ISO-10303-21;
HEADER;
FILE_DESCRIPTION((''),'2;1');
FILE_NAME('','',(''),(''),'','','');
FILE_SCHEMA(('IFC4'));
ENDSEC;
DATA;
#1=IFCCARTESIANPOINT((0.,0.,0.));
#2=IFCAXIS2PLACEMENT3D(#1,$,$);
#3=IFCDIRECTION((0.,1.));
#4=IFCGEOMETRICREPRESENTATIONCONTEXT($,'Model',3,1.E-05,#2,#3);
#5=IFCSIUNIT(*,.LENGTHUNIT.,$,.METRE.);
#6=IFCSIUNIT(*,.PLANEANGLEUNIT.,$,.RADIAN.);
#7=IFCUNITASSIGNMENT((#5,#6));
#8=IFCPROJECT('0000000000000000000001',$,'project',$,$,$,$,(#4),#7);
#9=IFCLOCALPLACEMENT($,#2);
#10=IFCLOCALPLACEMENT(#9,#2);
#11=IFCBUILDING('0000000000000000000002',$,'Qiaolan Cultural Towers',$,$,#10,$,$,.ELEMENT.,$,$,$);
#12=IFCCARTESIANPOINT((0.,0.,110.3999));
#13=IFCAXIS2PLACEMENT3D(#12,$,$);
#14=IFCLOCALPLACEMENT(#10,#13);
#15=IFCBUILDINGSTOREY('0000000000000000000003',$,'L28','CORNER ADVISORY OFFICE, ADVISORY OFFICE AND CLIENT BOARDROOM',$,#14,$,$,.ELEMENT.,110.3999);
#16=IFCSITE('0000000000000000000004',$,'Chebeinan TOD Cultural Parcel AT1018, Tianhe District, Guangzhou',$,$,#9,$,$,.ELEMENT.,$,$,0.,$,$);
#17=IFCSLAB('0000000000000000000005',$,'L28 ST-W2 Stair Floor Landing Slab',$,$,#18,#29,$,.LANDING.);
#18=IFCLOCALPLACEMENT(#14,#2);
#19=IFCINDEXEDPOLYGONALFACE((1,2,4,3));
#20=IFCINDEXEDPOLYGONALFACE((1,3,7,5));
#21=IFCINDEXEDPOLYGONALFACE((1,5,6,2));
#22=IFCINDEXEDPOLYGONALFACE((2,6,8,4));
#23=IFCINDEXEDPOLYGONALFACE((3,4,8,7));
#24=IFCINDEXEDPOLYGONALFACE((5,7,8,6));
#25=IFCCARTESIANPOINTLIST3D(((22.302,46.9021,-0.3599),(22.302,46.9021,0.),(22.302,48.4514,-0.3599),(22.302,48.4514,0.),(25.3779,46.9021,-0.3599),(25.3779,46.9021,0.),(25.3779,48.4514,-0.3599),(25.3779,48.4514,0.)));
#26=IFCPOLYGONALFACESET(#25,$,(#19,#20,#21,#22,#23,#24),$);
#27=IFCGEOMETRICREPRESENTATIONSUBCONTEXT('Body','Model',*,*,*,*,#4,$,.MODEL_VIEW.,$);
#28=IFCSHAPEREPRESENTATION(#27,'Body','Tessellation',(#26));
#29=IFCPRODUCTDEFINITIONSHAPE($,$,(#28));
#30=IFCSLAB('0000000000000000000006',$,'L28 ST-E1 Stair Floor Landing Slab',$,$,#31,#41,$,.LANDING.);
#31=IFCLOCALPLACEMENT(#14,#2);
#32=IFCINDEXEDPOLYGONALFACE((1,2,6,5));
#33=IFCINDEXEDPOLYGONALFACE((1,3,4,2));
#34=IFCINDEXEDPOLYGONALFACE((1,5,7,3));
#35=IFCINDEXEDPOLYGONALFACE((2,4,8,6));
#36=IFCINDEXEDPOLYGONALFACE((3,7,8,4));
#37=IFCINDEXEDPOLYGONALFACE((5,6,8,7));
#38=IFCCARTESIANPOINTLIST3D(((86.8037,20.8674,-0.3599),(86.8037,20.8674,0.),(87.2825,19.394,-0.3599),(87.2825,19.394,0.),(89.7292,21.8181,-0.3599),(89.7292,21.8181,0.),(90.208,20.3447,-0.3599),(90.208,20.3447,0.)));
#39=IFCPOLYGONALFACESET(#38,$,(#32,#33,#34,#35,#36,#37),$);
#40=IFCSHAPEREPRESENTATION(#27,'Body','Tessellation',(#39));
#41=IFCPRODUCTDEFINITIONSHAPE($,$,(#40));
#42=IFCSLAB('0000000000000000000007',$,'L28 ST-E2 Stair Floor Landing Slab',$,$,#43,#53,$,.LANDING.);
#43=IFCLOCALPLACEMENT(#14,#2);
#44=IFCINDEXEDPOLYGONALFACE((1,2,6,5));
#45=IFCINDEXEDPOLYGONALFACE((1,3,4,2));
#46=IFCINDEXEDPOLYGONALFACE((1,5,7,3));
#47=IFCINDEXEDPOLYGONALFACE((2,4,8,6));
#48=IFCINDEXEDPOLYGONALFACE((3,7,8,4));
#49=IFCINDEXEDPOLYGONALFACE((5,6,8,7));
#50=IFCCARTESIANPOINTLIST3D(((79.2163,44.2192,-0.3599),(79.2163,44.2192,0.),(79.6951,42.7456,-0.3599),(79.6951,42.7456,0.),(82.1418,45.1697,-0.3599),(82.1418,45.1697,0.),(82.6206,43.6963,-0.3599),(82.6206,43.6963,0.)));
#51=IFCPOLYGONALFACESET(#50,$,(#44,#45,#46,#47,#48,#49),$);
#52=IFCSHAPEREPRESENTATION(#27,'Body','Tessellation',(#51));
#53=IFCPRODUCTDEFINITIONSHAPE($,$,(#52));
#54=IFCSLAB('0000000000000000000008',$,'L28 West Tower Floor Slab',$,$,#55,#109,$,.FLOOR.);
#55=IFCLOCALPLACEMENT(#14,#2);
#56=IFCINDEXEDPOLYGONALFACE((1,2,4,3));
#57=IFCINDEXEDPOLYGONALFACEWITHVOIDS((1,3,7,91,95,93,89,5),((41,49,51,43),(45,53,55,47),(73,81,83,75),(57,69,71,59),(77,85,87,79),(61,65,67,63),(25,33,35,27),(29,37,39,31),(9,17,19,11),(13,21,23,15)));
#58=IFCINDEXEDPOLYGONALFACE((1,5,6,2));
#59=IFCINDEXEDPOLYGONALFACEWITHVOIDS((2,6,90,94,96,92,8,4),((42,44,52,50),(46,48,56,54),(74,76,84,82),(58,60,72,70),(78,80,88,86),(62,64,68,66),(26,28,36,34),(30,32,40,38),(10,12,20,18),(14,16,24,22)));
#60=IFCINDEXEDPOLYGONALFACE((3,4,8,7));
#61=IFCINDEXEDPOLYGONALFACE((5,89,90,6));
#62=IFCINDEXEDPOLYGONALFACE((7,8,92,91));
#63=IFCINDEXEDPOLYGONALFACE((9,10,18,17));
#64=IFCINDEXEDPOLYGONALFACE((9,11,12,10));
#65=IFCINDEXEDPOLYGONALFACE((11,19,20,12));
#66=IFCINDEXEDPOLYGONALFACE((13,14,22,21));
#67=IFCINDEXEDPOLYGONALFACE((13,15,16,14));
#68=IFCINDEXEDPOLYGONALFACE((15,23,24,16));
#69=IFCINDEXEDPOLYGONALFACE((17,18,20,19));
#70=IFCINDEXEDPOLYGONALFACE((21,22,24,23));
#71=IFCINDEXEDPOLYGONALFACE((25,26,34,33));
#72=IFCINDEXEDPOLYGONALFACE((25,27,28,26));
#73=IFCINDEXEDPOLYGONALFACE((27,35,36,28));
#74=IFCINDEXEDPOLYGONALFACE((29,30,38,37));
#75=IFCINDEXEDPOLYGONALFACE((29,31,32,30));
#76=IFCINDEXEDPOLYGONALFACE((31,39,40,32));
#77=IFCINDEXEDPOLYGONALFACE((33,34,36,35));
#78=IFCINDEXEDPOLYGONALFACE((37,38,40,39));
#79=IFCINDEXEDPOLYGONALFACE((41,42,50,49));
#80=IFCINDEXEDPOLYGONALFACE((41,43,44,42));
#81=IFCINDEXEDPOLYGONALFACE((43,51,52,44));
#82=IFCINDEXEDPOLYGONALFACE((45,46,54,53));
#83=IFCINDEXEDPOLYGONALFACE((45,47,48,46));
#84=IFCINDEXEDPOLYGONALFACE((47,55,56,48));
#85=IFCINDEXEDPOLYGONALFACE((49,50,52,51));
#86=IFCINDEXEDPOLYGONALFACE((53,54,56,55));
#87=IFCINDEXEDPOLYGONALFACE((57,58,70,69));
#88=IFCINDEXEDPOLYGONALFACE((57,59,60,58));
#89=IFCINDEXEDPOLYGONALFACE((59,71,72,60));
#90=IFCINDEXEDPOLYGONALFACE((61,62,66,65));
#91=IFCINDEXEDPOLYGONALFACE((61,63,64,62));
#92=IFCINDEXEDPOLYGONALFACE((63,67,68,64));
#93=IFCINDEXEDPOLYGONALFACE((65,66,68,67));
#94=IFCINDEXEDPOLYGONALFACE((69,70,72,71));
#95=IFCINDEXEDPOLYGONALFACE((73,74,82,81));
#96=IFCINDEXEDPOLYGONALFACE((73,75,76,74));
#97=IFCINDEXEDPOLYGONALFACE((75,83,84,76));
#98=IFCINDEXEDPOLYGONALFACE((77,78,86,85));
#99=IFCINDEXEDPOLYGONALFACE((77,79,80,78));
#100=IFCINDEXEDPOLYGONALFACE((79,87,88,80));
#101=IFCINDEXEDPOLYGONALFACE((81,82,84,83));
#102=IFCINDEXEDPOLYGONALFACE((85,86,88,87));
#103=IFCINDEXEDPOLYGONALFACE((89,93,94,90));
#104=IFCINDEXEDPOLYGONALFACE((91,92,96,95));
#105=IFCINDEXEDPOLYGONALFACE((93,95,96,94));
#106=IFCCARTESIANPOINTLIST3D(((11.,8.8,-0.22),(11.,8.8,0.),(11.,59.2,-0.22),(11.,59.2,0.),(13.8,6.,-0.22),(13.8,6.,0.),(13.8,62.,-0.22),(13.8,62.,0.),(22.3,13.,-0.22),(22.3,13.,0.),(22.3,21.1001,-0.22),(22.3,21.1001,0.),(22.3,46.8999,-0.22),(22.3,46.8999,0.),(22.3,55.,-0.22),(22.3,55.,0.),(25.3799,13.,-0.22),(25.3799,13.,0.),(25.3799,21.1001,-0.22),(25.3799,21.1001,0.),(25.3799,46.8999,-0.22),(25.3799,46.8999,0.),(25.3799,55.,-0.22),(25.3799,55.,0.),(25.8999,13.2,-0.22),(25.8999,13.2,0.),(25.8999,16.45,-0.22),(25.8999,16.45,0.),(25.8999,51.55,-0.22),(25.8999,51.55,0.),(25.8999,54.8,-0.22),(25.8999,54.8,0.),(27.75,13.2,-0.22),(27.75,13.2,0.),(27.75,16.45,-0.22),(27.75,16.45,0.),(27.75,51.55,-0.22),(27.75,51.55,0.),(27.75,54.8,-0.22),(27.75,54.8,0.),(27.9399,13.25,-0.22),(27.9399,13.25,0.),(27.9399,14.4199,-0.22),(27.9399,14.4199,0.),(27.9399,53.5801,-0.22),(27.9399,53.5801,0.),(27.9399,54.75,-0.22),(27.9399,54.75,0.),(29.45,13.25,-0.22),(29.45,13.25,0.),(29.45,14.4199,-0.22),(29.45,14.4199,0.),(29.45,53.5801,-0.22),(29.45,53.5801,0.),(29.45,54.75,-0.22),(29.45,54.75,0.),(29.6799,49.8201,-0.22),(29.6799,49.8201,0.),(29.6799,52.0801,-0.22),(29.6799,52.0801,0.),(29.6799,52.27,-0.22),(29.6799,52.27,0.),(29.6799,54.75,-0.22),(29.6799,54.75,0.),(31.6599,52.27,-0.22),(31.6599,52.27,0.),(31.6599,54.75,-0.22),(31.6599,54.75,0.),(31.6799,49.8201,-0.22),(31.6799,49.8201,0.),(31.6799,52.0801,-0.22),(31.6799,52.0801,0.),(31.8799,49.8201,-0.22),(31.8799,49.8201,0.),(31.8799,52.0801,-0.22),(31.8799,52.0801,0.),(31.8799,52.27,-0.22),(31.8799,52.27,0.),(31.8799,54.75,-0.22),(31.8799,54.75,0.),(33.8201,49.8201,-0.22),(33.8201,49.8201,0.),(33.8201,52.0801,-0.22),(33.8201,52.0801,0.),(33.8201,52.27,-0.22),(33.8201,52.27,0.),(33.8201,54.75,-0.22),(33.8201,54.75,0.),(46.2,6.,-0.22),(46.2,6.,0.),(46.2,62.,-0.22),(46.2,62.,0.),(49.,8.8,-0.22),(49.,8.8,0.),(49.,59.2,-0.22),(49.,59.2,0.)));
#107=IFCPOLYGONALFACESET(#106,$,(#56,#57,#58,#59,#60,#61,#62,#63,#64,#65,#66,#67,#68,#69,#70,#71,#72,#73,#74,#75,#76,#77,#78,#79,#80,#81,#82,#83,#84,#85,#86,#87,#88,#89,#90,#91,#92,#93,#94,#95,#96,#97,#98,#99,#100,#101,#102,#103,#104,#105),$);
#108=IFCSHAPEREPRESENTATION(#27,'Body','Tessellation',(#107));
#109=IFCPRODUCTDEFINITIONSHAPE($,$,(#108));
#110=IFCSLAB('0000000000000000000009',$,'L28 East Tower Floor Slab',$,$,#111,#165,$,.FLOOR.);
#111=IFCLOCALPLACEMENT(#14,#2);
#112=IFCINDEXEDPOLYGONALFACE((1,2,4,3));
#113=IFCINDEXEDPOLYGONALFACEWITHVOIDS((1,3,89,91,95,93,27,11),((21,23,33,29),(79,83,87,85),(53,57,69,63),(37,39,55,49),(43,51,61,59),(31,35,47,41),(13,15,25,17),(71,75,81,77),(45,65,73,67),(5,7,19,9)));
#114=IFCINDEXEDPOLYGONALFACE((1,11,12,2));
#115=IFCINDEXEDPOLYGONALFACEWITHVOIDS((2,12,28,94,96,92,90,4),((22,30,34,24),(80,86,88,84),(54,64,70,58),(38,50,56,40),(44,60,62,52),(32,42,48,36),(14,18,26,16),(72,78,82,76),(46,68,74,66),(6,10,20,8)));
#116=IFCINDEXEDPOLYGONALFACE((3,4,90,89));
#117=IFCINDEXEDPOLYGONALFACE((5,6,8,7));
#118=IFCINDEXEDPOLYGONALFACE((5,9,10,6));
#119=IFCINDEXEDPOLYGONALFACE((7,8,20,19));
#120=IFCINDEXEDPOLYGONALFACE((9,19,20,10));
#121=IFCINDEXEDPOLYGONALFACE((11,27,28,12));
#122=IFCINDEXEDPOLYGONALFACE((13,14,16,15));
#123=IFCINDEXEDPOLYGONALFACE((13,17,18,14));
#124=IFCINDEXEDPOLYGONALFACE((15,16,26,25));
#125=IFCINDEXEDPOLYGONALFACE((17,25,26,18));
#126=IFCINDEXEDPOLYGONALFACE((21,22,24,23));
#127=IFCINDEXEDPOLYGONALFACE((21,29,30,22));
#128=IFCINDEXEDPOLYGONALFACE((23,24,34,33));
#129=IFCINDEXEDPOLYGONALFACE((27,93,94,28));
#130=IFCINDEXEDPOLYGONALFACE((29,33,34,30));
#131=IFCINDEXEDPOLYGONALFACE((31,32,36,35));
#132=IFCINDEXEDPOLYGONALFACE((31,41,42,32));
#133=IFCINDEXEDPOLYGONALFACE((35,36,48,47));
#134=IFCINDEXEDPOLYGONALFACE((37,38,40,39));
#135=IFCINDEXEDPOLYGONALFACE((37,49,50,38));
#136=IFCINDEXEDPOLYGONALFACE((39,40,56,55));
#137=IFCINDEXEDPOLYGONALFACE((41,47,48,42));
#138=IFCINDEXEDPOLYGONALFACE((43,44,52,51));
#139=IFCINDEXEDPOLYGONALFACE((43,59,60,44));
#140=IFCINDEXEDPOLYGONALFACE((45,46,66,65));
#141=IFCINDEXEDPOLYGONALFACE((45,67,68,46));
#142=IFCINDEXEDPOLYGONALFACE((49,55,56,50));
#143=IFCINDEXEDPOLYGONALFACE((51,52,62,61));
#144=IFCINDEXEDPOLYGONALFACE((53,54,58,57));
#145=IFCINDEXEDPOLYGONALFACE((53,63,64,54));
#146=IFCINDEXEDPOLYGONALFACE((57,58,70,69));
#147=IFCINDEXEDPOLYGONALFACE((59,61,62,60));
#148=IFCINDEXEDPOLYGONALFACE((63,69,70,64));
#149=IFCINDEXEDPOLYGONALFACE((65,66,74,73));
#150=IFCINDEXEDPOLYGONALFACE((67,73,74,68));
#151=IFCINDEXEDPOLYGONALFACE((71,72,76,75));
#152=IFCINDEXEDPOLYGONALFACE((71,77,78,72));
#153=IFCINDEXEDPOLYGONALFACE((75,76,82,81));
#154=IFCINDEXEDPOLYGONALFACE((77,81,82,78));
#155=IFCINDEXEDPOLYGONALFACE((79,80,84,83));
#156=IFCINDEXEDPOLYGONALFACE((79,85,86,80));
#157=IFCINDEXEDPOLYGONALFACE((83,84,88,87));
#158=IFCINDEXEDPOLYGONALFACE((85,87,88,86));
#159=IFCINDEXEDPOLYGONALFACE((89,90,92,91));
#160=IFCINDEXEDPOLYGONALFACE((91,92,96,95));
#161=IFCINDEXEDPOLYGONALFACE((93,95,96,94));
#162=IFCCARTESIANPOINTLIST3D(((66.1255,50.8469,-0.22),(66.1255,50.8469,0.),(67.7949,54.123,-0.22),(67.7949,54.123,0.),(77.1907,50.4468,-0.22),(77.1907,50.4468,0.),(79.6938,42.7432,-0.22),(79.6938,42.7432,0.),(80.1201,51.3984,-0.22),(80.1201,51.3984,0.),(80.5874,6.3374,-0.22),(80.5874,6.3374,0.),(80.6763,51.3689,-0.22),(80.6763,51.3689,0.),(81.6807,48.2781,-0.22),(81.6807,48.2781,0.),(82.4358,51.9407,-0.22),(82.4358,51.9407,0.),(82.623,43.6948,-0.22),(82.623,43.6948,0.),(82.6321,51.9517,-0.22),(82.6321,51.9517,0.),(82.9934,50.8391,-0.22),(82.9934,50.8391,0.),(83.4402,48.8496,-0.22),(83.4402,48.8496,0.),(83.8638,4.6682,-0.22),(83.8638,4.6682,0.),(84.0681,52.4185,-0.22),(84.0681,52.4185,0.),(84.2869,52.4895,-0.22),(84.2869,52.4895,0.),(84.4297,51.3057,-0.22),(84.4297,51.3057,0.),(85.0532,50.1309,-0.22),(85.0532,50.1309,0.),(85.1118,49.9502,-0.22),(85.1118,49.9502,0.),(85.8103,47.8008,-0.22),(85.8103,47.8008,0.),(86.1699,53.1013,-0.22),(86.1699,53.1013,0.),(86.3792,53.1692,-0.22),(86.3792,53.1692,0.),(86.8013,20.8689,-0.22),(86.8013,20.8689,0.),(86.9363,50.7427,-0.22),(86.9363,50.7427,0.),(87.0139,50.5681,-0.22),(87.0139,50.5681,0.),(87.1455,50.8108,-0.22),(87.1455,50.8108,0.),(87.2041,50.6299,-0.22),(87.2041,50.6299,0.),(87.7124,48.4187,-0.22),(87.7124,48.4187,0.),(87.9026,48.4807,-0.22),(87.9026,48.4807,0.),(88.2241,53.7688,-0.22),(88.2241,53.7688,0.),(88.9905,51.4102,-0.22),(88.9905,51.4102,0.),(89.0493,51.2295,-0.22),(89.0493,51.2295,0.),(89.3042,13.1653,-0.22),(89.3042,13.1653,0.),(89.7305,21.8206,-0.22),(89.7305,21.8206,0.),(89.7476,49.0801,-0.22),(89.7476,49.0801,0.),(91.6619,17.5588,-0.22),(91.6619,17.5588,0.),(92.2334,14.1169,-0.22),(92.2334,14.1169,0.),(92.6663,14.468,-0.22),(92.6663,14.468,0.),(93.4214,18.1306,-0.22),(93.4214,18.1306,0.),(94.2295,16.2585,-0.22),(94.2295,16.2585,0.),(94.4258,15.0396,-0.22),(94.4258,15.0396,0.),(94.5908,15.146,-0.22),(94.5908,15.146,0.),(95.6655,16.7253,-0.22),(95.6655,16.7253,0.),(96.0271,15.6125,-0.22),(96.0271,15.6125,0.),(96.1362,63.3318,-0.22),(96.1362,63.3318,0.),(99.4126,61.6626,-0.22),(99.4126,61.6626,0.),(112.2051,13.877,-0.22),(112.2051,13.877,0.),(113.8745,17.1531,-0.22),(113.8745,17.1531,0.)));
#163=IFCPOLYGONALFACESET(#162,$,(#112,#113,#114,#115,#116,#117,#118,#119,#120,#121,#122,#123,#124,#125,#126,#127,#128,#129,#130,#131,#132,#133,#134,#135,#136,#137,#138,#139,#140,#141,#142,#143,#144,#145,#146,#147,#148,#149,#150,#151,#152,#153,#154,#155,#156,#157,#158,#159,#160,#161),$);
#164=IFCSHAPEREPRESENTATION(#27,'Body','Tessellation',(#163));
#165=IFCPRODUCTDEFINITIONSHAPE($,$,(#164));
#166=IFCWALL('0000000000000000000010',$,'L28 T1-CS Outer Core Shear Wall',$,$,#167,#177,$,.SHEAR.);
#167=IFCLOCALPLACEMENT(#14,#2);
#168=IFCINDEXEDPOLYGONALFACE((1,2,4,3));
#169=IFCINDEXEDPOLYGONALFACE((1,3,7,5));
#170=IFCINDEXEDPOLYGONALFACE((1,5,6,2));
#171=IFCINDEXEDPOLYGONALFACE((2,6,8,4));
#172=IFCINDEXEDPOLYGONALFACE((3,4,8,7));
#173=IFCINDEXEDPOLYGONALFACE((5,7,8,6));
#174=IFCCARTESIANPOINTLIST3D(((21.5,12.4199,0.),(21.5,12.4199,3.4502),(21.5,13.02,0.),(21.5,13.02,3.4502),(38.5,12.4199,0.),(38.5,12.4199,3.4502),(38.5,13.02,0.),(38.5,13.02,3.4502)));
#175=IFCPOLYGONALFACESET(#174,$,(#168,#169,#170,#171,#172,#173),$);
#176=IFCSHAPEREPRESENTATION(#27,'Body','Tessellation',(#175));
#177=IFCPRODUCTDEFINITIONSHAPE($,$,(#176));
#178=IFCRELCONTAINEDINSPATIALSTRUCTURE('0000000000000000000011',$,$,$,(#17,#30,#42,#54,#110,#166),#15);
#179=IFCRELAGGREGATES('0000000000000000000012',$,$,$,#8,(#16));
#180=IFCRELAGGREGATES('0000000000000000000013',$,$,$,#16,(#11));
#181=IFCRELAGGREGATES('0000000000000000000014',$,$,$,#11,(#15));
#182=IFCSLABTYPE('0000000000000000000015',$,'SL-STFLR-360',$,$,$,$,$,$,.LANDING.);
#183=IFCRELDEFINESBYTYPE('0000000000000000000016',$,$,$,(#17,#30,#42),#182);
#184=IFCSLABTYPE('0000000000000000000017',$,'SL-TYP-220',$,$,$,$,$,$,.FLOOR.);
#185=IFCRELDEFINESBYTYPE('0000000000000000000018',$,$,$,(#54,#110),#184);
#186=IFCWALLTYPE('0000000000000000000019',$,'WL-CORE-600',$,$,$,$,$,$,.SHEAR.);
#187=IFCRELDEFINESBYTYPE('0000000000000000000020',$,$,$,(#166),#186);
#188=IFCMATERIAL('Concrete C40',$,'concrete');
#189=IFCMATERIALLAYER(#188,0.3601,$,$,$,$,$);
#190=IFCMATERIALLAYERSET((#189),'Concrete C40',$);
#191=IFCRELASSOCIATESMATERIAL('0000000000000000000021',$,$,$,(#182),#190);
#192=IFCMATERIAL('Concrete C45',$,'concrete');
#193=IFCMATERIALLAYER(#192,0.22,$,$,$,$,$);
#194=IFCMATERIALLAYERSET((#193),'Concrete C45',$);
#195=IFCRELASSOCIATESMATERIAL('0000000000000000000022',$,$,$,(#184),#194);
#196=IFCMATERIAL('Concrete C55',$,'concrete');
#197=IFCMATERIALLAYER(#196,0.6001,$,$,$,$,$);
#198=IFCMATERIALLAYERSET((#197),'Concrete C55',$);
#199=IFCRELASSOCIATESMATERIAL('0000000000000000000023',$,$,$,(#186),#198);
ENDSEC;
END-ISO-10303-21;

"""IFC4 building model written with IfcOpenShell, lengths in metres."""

from ifc_helpers import new_model, si_unit, direction, frame, frame_2d, origin, place, context, subcontext, project, spatial, polyline, rectangle, outline, extrude, material, layer, layer_set, type_object, element, save


model = new_model("IFC4")

# Units and contexts
model_context = context("Model", 3, precision=1e-05, world=origin(), true_north=direction((0.0, 1.0)))
body_context = subcontext(model_context, "Body", "Model", "MODEL_VIEW")
ifc_project = project(units=[si_unit("LENGTHUNIT", "METRE"), si_unit("PLANEANGLEUNIT", "RADIAN")], contexts=[model_context])

# Site, building, storey
site_placement = place(None, origin())
site = spatial("IfcSite", under=ifc_project, at=site_placement, Name="Chebeinan TOD Cultural Parcel AT1018, Tianhe District, Guangzhou", CompositionType="ELEMENT", RefElevation=0.0)
building_placement = place(site_placement, origin())
building = spatial("IfcBuilding", under=site, at=building_placement, Name="Qiaolan Cultural Towers", CompositionType="ELEMENT")
storey_placement = place(building_placement, frame((0.0, 0.0, 110.3999)))
storey = spatial("IfcBuildingStorey", under=building, at=storey_placement, Name="L28", Description="CORNER ADVISORY OFFICE, ADVISORY OFFICE AND CLIENT BOARDROOM", CompositionType="ELEMENT", Elevation=110.3999)

# Slabs
ifc_material_1 = material(Name="Concrete C40", Category="concrete")
ifc_layer_1 = layer(ifc_material_1, 0.3601)
ifc_layer_set_1 = layer_set([ifc_layer_1], Name="Concrete C40")
slab_type_1 = type_object("IfcSlabType", Name="SL-STFLR-360", PredefinedType="LANDING", material=ifc_layer_set_1)
slab_1_placement = place(storey_placement, frame((0.0, 0.0, -0.3599)))
element("IfcSlab", 1, at=slab_1_placement, inside=storey, type_object=slab_type_1, Name="L28 ST-W2 Stair Floor Landing Slab", PredefinedType="LANDING", context=body_context, shape_type="SweptSolid", body=[
    extrude(outline(polyline([(25.3779, 46.9021), (25.3779, 48.4514), (22.302, 48.4514), (22.302, 46.9021), (25.3779, 46.9021)])), origin(), (0.0, 0.0, 1.0), 0.3599),
])
slab_2_placement = place(storey_placement, frame((0.0, 0.0, -0.3599)))
element("IfcSlab", 2, at=slab_2_placement, inside=storey, type_object=slab_type_1, Name="L28 ST-E1 Stair Floor Landing Slab", PredefinedType="LANDING", context=body_context, shape_type="SweptSolid", body=[
    extrude(outline(polyline([(86.8037, 20.8674), (87.2825, 19.394), (90.208, 20.3447), (89.7292, 21.8181), (86.8037, 20.8674)])), origin(), (0.0, 0.0, 1.0), 0.3599),
])
slab_3_placement = place(storey_placement, frame((0.0, 0.0, -0.3599)))
element("IfcSlab", 3, at=slab_3_placement, inside=storey, type_object=slab_type_1, Name="L28 ST-E2 Stair Floor Landing Slab", PredefinedType="LANDING", context=body_context, shape_type="SweptSolid", body=[
    extrude(outline(polyline([(82.6206, 43.6963), (82.1418, 45.1697), (79.2163, 44.2192), (79.6951, 42.7456), (82.6206, 43.6963)])), origin(), (0.0, 0.0, 1.0), 0.3599),
])
ifc_material_2 = material(Name="Concrete C45", Category="concrete")
ifc_layer_2 = layer(ifc_material_2, 0.22)
ifc_layer_set_2 = layer_set([ifc_layer_2], Name="Concrete C45")
slab_type_2 = type_object("IfcSlabType", Name="SL-TYP-220", PredefinedType="FLOOR", material=ifc_layer_set_2)
slab_4_placement = place(storey_placement, frame((0.0, 0.0, -0.22)))
element("IfcSlab", 4, at=slab_4_placement, inside=storey, type_object=slab_type_2, Name="L28 West Tower Floor Slab", PredefinedType="FLOOR", context=body_context, shape_type="SweptSolid", body=[
    extrude(outline(polyline([(13.8, 6.0), (46.2, 6.0), (49.0, 8.8), (49.0, 59.2), (46.2, 62.0), (13.8, 62.0), (11.0, 59.2), (11.0, 8.8), (13.8, 6.0)]), holes=[polyline([(22.3, 21.1001), (22.3, 13.0), (25.3799, 13.0), (25.3799, 21.1001), (22.3, 21.1001)]), polyline([(25.3799, 46.8999), (25.3799, 55.0), (22.3, 55.0), (22.3, 46.8999), (25.3799, 46.8999)]), polyline([(25.8999, 13.2), (27.75, 13.2), (27.75, 16.45), (25.8999, 16.45), (25.8999, 13.2)]), polyline([(27.9399, 13.25), (29.45, 13.25), (29.45, 14.4199), (27.9399, 14.4199), (27.9399, 13.25)]), polyline([(25.8999, 51.55), (27.75, 51.55), (27.75, 54.8), (25.8999, 54.8), (25.8999, 51.55)]), polyline([(27.9399, 53.5801), (29.45, 53.5801), (29.45, 54.75), (27.9399, 54.75), (27.9399, 53.5801)]), polyline([(29.6799, 49.8201), (31.6799, 49.8201), (31.6799, 52.0801), (29.6799, 52.0801), (29.6799, 49.8201)]), polyline([(31.8799, 49.8201), (33.8201, 49.8201), (33.8201, 52.0801), (31.8799, 52.0801), (31.8799, 49.8201)]), polyline([(29.6799, 52.27), (31.6599, 52.27), (31.6599, 54.75), (29.6799, 54.75), (29.6799, 52.27)]), polyline([(31.8799, 52.27), (33.8201, 52.27), (33.8201, 54.75), (31.8799, 54.75), (31.8799, 52.27)])]), origin(), (0.0, 0.0, 1.0), 0.22),
])
slab_5_placement = place(storey_placement, frame((0.0, 0.0, -0.22)))
element("IfcSlab", 5, at=slab_5_placement, inside=storey, type_object=slab_type_2, Name="L28 East Tower Floor Slab", PredefinedType="FLOOR", context=body_context, shape_type="SweptSolid", body=[
    extrude(outline(polyline([(83.8638, 4.6682), (112.2051, 13.877), (113.8745, 17.1531), (99.4126, 61.6626), (96.1362, 63.3318), (67.7949, 54.123), (66.1255, 50.8469), (80.5874, 6.3374), (83.8638, 4.6682)]), holes=[polyline([(86.8013, 20.8689), (89.3042, 13.1653), (92.2334, 14.1169), (89.7305, 21.8206), (86.8013, 20.8689)]), polyline([(82.623, 43.6948), (80.1201, 51.3984), (77.1907, 50.4468), (79.6938, 42.7432), (82.623, 43.6948)]), polyline([(92.6663, 14.468), (94.4258, 15.0396), (93.4214, 18.1306), (91.6619, 17.5588), (92.6663, 14.468)]), polyline([(94.5908, 15.146), (96.0271, 15.6125), (95.6655, 16.7253), (94.2295, 16.2585), (94.5908, 15.146)]), polyline([(81.6807, 48.2781), (83.4402, 48.8496), (82.4358, 51.9407), (80.6763, 51.3689), (81.6807, 48.2781)]), polyline([(82.9934, 50.8391), (84.4297, 51.3057), (84.0681, 52.4185), (82.6321, 51.9517), (82.9934, 50.8391)]), polyline([(85.8103, 47.8008), (87.7124, 48.4187), (87.0139, 50.5681), (85.1118, 49.9502), (85.8103, 47.8008)]), polyline([(87.9026, 48.4807), (89.7476, 49.0801), (89.0493, 51.2295), (87.2041, 50.6299), (87.9026, 48.4807)]), polyline([(85.0532, 50.1309), (86.9363, 50.7427), (86.1699, 53.1013), (84.2869, 52.4895), (85.0532, 50.1309)]), polyline([(87.1455, 50.8108), (88.9905, 51.4102), (88.2241, 53.7688), (86.3792, 53.1692), (87.1455, 50.8108)])]), origin(), (0.0, 0.0, 1.0), 0.22),
])

# Wall
ifc_material_3 = material(Name="Concrete C55", Category="concrete")
ifc_layer_3 = layer(ifc_material_3, 0.6001)
ifc_layer_set_3 = layer_set([ifc_layer_3], Name="Concrete C55")
wall_type_1 = type_object("IfcWallType", Name="WL-CORE-600", PredefinedType="SHEAR", material=ifc_layer_set_3)
wall_1_placement = place(storey_placement, frame((21.5, 12.72, 0.0), z_axis=(0.0, 0.0, 1.0), x_axis=(1.0, 0.0, 0.0)))
element("IfcWall", 6, at=wall_1_placement, inside=storey, type_object=wall_type_1, Name="L28 T1-CS Outer Core Shear Wall", PredefinedType="SHEAR", context=body_context, shape_type="SweptSolid", body=[
    extrude(rectangle(XDim=17.0, YDim=0.6001, at=frame_2d((8.5, 0.0))), origin(), (0.0, 0.0, 1.0), 3.4502),
])

save(model, "model.ifc")
